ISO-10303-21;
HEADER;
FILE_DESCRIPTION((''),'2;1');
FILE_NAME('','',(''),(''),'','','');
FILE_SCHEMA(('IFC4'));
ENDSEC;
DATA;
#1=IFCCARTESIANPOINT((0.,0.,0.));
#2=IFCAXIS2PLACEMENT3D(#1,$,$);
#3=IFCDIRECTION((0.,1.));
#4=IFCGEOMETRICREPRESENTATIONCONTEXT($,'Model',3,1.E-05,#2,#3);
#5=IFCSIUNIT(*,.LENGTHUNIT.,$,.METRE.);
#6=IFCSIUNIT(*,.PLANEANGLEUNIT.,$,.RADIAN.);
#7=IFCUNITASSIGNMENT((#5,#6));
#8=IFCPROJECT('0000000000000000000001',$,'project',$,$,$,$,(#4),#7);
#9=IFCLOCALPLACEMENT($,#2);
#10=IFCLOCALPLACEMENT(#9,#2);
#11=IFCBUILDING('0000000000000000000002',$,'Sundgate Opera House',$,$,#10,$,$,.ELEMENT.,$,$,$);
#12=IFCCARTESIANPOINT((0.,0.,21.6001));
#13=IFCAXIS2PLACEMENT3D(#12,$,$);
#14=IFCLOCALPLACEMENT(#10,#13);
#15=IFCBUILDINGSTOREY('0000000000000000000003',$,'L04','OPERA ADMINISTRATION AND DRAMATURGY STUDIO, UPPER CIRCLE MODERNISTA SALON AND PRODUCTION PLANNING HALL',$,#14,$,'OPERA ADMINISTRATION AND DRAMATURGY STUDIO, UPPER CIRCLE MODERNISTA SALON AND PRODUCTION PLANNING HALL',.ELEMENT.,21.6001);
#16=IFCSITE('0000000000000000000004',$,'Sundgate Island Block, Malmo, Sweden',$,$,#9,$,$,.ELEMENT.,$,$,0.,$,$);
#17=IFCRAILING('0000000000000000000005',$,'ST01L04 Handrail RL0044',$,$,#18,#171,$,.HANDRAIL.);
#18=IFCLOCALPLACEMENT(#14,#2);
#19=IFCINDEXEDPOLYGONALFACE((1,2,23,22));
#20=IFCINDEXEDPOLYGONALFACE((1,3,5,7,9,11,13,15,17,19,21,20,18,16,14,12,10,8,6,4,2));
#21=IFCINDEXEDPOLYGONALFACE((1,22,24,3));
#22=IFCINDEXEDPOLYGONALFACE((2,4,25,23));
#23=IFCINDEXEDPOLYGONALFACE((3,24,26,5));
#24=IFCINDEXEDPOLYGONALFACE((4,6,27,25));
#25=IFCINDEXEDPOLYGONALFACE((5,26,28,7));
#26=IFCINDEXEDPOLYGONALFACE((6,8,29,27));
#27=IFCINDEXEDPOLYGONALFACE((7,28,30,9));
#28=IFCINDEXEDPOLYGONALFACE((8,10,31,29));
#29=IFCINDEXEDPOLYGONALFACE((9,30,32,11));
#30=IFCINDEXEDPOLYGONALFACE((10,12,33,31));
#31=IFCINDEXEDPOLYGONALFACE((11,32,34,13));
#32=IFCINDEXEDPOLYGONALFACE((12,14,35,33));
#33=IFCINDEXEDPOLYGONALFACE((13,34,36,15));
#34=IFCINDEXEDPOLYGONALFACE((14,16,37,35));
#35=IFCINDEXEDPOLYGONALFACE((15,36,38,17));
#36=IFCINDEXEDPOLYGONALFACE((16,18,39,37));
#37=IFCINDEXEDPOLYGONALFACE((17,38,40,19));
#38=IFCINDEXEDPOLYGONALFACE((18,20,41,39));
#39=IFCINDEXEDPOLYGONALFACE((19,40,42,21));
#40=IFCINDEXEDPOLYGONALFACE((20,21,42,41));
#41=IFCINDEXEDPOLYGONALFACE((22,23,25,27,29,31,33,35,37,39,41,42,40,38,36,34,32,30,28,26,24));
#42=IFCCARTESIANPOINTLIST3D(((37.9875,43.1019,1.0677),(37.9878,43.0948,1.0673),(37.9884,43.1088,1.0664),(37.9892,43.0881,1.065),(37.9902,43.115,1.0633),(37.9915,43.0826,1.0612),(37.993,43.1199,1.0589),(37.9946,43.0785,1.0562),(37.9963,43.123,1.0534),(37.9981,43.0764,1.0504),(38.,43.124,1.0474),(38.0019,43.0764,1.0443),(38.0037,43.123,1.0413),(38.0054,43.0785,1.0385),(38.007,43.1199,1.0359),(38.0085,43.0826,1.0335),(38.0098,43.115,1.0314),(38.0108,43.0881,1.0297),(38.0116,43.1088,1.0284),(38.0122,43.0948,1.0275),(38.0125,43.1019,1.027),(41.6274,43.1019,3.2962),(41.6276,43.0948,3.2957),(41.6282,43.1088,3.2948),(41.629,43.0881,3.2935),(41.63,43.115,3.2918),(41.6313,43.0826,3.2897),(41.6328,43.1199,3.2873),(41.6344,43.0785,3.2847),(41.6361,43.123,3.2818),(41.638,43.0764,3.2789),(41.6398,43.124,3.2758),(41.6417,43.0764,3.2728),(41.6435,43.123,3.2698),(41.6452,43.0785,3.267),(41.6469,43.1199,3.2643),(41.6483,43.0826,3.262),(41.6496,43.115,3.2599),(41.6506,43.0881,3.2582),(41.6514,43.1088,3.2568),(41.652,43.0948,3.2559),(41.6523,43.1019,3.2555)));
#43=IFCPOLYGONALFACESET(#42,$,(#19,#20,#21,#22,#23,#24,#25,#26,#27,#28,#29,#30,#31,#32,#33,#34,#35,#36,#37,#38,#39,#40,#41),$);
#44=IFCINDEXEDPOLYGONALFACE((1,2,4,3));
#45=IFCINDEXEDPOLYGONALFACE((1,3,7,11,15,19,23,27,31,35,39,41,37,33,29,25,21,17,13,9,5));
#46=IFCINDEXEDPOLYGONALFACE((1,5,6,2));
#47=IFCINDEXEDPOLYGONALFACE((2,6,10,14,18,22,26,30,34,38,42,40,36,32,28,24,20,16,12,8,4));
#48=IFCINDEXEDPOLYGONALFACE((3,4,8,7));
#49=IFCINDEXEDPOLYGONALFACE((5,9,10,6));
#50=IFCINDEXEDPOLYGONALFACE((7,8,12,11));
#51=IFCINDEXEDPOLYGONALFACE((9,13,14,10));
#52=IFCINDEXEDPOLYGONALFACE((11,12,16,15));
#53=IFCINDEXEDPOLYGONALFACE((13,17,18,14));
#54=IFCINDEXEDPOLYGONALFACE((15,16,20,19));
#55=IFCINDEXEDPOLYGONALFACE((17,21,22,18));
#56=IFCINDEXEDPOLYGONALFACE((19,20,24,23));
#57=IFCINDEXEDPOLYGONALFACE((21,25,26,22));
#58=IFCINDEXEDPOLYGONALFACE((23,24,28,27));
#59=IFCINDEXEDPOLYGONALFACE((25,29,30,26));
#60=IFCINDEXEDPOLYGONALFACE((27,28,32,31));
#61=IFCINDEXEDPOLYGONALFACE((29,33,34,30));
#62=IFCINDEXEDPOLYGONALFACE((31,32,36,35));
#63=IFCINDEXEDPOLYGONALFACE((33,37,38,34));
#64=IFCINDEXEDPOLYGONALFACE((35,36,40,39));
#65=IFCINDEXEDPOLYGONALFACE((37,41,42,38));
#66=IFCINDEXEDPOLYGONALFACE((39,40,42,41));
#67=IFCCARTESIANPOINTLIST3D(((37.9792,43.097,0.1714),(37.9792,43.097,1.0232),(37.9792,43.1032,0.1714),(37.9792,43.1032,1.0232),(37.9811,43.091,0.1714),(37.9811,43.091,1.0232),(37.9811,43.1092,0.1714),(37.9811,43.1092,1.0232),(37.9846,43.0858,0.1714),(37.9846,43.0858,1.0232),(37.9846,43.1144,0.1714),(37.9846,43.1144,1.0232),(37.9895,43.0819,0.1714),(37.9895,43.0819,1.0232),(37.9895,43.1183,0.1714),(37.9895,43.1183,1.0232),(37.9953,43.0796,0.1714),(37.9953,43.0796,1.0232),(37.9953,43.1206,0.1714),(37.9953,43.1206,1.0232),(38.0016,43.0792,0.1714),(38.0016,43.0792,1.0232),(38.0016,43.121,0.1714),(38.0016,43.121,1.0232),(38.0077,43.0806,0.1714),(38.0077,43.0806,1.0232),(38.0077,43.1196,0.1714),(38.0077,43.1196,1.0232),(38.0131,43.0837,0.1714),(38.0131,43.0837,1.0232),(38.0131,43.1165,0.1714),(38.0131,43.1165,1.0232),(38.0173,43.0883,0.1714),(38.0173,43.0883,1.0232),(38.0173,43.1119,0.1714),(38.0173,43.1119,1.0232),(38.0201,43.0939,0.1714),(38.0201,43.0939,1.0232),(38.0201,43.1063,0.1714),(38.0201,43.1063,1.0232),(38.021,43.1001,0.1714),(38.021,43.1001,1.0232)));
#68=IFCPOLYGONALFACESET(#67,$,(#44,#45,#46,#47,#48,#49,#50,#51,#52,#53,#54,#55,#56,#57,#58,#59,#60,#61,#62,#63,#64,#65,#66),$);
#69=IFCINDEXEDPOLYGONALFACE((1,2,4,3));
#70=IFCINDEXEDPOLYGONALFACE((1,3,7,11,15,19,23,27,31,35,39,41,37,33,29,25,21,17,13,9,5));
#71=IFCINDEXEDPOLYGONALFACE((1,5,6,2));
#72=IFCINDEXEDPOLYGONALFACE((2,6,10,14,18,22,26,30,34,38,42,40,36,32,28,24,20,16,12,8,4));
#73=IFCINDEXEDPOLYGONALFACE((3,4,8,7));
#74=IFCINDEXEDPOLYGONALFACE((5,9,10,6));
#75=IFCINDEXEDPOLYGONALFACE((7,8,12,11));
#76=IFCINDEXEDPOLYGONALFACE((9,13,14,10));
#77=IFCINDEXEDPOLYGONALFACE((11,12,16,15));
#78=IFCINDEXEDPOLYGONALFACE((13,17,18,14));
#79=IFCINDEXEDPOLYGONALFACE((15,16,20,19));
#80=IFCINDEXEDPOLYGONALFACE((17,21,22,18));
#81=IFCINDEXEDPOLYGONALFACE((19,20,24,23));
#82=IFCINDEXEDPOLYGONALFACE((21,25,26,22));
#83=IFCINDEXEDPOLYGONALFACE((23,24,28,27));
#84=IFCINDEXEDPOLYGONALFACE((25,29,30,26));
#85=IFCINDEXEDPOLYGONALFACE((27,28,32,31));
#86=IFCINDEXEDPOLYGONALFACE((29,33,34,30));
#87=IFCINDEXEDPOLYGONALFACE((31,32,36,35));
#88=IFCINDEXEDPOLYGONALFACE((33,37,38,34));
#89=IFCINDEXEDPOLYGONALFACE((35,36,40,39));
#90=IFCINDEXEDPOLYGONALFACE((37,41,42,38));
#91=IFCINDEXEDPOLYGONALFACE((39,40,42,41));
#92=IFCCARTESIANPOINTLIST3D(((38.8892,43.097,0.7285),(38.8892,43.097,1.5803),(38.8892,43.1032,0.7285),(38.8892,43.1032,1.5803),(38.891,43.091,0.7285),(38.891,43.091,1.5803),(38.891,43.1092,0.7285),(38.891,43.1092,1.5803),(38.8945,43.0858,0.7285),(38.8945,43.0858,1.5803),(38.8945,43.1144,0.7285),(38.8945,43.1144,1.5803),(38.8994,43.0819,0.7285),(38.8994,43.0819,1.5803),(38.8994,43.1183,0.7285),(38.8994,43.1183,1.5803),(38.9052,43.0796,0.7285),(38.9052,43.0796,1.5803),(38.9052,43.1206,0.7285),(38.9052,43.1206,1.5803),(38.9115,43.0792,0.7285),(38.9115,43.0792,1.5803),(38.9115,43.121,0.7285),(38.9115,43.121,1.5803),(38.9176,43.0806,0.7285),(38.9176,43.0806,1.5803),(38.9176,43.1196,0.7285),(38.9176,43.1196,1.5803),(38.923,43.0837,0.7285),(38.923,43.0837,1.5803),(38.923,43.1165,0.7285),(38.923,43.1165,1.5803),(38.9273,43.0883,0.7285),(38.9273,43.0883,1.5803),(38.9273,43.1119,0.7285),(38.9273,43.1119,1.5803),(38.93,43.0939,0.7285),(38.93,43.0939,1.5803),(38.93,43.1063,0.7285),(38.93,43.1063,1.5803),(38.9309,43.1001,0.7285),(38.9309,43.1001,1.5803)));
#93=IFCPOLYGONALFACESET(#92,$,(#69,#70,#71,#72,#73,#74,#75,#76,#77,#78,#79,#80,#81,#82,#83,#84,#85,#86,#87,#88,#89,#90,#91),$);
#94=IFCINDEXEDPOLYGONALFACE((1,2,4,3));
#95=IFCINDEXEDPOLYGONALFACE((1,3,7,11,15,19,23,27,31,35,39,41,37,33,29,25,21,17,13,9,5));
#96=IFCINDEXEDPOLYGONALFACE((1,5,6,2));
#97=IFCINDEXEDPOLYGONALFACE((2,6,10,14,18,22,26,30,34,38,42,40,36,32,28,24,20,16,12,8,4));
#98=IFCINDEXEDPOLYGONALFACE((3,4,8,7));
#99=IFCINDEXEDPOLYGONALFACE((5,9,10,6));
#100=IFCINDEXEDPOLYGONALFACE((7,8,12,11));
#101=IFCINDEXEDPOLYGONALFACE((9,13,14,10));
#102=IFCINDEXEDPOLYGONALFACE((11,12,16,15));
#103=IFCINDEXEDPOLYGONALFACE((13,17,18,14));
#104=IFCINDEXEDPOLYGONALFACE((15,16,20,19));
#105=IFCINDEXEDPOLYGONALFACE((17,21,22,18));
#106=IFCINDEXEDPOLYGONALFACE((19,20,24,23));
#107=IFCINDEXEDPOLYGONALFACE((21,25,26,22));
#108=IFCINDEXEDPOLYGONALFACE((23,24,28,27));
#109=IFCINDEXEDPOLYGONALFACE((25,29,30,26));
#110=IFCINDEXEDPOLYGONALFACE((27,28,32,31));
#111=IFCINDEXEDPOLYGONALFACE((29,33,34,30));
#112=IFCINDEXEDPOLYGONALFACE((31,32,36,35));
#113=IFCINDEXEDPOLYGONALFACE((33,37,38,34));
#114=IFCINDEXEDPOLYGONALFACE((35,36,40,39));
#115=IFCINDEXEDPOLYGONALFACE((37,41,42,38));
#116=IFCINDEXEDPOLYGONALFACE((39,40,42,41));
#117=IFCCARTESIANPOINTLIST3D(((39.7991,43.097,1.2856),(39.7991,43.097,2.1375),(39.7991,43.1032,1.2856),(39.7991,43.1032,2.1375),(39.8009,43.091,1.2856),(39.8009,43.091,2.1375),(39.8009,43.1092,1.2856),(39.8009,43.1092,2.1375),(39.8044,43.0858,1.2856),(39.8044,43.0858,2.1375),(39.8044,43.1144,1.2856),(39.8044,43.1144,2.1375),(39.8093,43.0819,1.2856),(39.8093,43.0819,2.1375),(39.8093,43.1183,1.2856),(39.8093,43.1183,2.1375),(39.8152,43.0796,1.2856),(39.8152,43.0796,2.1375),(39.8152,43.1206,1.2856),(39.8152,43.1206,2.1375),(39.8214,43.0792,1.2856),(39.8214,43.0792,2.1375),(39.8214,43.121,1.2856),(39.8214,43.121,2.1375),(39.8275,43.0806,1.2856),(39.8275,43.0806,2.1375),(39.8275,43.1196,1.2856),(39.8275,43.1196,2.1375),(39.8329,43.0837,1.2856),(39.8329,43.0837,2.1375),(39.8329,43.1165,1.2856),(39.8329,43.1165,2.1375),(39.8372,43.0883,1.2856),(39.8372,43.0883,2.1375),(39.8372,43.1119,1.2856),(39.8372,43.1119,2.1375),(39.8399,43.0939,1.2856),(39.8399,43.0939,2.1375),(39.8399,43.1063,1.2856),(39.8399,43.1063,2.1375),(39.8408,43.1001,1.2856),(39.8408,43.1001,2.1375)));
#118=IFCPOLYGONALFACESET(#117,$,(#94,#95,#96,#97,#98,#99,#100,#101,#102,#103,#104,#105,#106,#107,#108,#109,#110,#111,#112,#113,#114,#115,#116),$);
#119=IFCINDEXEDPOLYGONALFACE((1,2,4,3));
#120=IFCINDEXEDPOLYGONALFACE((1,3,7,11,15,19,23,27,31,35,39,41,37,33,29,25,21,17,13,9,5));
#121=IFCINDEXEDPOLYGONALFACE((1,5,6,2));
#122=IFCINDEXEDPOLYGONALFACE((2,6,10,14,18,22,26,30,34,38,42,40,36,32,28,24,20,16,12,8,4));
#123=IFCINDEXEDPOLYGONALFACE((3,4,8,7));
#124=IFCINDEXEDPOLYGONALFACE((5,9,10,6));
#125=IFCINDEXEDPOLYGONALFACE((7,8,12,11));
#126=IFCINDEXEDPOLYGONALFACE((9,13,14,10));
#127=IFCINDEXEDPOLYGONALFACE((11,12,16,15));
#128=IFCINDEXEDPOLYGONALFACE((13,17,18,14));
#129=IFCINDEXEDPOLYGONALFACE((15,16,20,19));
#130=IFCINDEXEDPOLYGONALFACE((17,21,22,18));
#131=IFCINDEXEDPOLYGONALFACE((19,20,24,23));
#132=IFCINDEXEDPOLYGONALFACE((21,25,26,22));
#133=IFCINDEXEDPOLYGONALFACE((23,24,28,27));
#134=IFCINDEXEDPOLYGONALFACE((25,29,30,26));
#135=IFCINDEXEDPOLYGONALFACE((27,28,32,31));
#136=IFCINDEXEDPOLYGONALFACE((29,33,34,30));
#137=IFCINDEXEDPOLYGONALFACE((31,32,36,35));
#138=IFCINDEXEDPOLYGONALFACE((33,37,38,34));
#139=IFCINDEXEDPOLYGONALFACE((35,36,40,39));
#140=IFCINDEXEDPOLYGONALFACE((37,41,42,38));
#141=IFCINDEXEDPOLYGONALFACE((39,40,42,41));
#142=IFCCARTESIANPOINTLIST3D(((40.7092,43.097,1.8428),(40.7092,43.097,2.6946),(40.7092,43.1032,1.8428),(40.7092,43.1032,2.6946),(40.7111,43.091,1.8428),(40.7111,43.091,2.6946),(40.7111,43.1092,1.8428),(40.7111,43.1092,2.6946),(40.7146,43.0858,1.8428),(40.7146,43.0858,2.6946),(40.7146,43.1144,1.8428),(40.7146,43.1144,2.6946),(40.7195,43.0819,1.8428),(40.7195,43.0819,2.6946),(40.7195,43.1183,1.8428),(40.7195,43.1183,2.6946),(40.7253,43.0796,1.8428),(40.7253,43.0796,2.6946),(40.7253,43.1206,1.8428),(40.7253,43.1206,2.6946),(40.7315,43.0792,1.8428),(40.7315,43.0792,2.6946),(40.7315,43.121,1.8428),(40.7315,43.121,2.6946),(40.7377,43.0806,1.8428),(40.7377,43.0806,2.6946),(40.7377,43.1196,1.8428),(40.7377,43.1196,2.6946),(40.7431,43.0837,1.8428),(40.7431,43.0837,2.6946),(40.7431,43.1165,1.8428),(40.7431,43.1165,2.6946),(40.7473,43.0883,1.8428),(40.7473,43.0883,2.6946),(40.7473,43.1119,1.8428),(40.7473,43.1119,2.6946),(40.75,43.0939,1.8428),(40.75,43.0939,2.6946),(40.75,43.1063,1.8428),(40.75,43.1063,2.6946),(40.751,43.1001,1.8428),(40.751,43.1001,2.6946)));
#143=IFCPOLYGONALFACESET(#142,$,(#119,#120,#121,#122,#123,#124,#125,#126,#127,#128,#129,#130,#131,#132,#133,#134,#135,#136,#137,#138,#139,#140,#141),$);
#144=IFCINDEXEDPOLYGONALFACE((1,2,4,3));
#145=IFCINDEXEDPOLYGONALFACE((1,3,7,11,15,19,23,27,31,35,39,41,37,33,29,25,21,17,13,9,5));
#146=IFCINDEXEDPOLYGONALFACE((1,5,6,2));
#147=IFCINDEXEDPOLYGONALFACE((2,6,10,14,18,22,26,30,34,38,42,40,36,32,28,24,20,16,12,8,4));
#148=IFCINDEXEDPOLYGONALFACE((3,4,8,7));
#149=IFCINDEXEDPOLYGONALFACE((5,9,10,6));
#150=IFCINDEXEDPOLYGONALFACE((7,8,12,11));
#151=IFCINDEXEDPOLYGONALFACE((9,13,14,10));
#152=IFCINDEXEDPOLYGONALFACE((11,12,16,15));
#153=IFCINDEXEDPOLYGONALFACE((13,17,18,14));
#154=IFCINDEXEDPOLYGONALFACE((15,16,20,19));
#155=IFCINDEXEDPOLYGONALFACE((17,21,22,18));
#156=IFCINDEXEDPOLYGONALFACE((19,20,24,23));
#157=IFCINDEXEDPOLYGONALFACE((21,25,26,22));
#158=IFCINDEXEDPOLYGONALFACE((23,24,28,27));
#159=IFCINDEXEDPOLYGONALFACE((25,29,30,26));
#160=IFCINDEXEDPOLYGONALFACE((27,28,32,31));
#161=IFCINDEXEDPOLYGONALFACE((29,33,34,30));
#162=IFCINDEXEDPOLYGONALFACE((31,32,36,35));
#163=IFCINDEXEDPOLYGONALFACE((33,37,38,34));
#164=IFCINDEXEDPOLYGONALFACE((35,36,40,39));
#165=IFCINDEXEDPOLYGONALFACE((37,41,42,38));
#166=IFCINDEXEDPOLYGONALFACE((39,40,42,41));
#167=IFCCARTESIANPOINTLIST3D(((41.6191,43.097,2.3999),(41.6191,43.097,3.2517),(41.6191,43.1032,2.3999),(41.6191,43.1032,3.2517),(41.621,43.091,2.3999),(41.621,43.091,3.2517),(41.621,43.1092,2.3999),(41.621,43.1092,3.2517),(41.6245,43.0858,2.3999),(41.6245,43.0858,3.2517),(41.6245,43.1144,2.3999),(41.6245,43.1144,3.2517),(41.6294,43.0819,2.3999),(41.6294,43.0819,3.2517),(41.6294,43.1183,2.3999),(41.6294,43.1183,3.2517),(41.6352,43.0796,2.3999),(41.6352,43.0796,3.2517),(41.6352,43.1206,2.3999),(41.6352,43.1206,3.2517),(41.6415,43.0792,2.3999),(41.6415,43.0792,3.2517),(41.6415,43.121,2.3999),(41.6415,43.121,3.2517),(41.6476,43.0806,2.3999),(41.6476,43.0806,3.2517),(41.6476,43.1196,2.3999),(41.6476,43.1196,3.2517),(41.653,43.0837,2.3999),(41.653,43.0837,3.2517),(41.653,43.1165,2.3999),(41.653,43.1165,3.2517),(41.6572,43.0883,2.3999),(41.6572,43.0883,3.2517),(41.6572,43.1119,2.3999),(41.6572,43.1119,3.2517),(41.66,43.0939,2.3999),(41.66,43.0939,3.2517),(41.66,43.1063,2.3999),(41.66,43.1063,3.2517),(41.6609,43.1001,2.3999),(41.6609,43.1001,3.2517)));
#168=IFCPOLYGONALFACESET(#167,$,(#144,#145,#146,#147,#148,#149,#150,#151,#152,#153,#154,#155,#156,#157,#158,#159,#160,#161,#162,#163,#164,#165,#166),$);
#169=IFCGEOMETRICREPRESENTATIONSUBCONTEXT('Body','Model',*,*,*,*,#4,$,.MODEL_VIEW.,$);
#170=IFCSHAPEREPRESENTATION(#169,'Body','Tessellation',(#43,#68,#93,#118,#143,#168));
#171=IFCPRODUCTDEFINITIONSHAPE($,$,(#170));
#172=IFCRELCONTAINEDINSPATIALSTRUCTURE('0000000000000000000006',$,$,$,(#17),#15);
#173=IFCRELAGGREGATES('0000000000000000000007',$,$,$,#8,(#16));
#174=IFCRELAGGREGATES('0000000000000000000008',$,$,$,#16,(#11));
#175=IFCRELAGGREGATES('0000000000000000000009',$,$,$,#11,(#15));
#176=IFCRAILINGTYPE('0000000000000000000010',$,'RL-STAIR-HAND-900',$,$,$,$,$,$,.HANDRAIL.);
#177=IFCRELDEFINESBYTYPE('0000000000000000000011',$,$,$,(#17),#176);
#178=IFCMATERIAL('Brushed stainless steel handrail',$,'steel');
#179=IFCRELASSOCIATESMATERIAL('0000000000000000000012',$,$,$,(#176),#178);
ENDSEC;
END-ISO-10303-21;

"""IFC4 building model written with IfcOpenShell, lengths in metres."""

from ifc_helpers import new_model, si_unit, direction, frame, origin, origin_2d, place, context, subcontext, project, spatial, circle, extrude, material, type_object, element, save


model = new_model("IFC4")

# Units and contexts
model_context = context("Model", 3, precision=1e-05, world=origin(), true_north=direction((0.0, 1.0)))
body_context = subcontext(model_context, "Body", "Model", "MODEL_VIEW")
ifc_project = project(units=[si_unit("LENGTHUNIT", "METRE"), si_unit("PLANEANGLEUNIT", "RADIAN")], contexts=[model_context])

# Site, building, storey
site_placement = place(None, origin())
site = spatial("IfcSite", under=ifc_project, at=site_placement, Name="Sundgate Island Block, Malmo, Sweden", CompositionType="ELEMENT", RefElevation=0.0)
building_placement = place(site_placement, origin())
building = spatial("IfcBuilding", under=site, at=building_placement, Name="Sundgate Opera House", CompositionType="ELEMENT")
storey_placement = place(building_placement, frame((0.0, 0.0, 21.6001)))
storey = spatial("IfcBuildingStorey", under=building, at=storey_placement, Name="L04", Description="OPERA ADMINISTRATION AND DRAMATURGY STUDIO, UPPER CIRCLE MODERNISTA SALON AND PRODUCTION PLANNING HALL", LongName="OPERA ADMINISTRATION AND DRAMATURGY STUDIO, UPPER CIRCLE MODERNISTA SALON AND PRODUCTION PLANNING HALL", CompositionType="ELEMENT", Elevation=21.6001)

# Railing
ifc_material_1 = material(Name="Brushed stainless steel handrail", Category="steel")
railing_type_1 = type_object("IfcRailingType", Name="RL-STAIR-HAND-900", PredefinedType="HANDRAIL", material=ifc_material_1)
railing_1_placement = place(storey_placement, frame((38.0, 43.1001, 0.1714)))
element("IfcRailing", 1, at=railing_1_placement, inside=storey, type_object=railing_type_1, Name="ST01L04 Handrail RL0044", PredefinedType="HANDRAIL", context=body_context, shape_type="SweptSolid", body=[
    extrude(circle(Radius=0.0239, at=origin_2d()), frame((0.0, 0.0, 0.876), z_axis=(0.85285, 0.0, 0.522156), x_axis=(0.0, 1.0, 0.0)), (0.0, 0.0, 1.0), 4.2678),
    extrude(circle(Radius=0.021, at=origin_2d()), origin(), (0.0, 0.0, 1.0), 0.8518),
    extrude(circle(Radius=0.021, at=origin_2d()), frame((0.9099, 0.0, 0.5571)), (0.0, 0.0, 1.0), 0.8518),
    extrude(circle(Radius=0.021, at=origin_2d()), frame((1.8198, 0.0, 1.1143)), (0.0, 0.0, 1.0), 0.8518),
    extrude(circle(Radius=0.021, at=origin_2d()), frame((2.73, 0.0, 1.6714)), (0.0, 0.0, 1.0), 0.8518),
    extrude(circle(Radius=0.021, at=origin_2d()), frame((3.6399, 0.0, 2.2285)), (0.0, 0.0, 1.0), 0.8518),
])

save(model, "model.ifc")
